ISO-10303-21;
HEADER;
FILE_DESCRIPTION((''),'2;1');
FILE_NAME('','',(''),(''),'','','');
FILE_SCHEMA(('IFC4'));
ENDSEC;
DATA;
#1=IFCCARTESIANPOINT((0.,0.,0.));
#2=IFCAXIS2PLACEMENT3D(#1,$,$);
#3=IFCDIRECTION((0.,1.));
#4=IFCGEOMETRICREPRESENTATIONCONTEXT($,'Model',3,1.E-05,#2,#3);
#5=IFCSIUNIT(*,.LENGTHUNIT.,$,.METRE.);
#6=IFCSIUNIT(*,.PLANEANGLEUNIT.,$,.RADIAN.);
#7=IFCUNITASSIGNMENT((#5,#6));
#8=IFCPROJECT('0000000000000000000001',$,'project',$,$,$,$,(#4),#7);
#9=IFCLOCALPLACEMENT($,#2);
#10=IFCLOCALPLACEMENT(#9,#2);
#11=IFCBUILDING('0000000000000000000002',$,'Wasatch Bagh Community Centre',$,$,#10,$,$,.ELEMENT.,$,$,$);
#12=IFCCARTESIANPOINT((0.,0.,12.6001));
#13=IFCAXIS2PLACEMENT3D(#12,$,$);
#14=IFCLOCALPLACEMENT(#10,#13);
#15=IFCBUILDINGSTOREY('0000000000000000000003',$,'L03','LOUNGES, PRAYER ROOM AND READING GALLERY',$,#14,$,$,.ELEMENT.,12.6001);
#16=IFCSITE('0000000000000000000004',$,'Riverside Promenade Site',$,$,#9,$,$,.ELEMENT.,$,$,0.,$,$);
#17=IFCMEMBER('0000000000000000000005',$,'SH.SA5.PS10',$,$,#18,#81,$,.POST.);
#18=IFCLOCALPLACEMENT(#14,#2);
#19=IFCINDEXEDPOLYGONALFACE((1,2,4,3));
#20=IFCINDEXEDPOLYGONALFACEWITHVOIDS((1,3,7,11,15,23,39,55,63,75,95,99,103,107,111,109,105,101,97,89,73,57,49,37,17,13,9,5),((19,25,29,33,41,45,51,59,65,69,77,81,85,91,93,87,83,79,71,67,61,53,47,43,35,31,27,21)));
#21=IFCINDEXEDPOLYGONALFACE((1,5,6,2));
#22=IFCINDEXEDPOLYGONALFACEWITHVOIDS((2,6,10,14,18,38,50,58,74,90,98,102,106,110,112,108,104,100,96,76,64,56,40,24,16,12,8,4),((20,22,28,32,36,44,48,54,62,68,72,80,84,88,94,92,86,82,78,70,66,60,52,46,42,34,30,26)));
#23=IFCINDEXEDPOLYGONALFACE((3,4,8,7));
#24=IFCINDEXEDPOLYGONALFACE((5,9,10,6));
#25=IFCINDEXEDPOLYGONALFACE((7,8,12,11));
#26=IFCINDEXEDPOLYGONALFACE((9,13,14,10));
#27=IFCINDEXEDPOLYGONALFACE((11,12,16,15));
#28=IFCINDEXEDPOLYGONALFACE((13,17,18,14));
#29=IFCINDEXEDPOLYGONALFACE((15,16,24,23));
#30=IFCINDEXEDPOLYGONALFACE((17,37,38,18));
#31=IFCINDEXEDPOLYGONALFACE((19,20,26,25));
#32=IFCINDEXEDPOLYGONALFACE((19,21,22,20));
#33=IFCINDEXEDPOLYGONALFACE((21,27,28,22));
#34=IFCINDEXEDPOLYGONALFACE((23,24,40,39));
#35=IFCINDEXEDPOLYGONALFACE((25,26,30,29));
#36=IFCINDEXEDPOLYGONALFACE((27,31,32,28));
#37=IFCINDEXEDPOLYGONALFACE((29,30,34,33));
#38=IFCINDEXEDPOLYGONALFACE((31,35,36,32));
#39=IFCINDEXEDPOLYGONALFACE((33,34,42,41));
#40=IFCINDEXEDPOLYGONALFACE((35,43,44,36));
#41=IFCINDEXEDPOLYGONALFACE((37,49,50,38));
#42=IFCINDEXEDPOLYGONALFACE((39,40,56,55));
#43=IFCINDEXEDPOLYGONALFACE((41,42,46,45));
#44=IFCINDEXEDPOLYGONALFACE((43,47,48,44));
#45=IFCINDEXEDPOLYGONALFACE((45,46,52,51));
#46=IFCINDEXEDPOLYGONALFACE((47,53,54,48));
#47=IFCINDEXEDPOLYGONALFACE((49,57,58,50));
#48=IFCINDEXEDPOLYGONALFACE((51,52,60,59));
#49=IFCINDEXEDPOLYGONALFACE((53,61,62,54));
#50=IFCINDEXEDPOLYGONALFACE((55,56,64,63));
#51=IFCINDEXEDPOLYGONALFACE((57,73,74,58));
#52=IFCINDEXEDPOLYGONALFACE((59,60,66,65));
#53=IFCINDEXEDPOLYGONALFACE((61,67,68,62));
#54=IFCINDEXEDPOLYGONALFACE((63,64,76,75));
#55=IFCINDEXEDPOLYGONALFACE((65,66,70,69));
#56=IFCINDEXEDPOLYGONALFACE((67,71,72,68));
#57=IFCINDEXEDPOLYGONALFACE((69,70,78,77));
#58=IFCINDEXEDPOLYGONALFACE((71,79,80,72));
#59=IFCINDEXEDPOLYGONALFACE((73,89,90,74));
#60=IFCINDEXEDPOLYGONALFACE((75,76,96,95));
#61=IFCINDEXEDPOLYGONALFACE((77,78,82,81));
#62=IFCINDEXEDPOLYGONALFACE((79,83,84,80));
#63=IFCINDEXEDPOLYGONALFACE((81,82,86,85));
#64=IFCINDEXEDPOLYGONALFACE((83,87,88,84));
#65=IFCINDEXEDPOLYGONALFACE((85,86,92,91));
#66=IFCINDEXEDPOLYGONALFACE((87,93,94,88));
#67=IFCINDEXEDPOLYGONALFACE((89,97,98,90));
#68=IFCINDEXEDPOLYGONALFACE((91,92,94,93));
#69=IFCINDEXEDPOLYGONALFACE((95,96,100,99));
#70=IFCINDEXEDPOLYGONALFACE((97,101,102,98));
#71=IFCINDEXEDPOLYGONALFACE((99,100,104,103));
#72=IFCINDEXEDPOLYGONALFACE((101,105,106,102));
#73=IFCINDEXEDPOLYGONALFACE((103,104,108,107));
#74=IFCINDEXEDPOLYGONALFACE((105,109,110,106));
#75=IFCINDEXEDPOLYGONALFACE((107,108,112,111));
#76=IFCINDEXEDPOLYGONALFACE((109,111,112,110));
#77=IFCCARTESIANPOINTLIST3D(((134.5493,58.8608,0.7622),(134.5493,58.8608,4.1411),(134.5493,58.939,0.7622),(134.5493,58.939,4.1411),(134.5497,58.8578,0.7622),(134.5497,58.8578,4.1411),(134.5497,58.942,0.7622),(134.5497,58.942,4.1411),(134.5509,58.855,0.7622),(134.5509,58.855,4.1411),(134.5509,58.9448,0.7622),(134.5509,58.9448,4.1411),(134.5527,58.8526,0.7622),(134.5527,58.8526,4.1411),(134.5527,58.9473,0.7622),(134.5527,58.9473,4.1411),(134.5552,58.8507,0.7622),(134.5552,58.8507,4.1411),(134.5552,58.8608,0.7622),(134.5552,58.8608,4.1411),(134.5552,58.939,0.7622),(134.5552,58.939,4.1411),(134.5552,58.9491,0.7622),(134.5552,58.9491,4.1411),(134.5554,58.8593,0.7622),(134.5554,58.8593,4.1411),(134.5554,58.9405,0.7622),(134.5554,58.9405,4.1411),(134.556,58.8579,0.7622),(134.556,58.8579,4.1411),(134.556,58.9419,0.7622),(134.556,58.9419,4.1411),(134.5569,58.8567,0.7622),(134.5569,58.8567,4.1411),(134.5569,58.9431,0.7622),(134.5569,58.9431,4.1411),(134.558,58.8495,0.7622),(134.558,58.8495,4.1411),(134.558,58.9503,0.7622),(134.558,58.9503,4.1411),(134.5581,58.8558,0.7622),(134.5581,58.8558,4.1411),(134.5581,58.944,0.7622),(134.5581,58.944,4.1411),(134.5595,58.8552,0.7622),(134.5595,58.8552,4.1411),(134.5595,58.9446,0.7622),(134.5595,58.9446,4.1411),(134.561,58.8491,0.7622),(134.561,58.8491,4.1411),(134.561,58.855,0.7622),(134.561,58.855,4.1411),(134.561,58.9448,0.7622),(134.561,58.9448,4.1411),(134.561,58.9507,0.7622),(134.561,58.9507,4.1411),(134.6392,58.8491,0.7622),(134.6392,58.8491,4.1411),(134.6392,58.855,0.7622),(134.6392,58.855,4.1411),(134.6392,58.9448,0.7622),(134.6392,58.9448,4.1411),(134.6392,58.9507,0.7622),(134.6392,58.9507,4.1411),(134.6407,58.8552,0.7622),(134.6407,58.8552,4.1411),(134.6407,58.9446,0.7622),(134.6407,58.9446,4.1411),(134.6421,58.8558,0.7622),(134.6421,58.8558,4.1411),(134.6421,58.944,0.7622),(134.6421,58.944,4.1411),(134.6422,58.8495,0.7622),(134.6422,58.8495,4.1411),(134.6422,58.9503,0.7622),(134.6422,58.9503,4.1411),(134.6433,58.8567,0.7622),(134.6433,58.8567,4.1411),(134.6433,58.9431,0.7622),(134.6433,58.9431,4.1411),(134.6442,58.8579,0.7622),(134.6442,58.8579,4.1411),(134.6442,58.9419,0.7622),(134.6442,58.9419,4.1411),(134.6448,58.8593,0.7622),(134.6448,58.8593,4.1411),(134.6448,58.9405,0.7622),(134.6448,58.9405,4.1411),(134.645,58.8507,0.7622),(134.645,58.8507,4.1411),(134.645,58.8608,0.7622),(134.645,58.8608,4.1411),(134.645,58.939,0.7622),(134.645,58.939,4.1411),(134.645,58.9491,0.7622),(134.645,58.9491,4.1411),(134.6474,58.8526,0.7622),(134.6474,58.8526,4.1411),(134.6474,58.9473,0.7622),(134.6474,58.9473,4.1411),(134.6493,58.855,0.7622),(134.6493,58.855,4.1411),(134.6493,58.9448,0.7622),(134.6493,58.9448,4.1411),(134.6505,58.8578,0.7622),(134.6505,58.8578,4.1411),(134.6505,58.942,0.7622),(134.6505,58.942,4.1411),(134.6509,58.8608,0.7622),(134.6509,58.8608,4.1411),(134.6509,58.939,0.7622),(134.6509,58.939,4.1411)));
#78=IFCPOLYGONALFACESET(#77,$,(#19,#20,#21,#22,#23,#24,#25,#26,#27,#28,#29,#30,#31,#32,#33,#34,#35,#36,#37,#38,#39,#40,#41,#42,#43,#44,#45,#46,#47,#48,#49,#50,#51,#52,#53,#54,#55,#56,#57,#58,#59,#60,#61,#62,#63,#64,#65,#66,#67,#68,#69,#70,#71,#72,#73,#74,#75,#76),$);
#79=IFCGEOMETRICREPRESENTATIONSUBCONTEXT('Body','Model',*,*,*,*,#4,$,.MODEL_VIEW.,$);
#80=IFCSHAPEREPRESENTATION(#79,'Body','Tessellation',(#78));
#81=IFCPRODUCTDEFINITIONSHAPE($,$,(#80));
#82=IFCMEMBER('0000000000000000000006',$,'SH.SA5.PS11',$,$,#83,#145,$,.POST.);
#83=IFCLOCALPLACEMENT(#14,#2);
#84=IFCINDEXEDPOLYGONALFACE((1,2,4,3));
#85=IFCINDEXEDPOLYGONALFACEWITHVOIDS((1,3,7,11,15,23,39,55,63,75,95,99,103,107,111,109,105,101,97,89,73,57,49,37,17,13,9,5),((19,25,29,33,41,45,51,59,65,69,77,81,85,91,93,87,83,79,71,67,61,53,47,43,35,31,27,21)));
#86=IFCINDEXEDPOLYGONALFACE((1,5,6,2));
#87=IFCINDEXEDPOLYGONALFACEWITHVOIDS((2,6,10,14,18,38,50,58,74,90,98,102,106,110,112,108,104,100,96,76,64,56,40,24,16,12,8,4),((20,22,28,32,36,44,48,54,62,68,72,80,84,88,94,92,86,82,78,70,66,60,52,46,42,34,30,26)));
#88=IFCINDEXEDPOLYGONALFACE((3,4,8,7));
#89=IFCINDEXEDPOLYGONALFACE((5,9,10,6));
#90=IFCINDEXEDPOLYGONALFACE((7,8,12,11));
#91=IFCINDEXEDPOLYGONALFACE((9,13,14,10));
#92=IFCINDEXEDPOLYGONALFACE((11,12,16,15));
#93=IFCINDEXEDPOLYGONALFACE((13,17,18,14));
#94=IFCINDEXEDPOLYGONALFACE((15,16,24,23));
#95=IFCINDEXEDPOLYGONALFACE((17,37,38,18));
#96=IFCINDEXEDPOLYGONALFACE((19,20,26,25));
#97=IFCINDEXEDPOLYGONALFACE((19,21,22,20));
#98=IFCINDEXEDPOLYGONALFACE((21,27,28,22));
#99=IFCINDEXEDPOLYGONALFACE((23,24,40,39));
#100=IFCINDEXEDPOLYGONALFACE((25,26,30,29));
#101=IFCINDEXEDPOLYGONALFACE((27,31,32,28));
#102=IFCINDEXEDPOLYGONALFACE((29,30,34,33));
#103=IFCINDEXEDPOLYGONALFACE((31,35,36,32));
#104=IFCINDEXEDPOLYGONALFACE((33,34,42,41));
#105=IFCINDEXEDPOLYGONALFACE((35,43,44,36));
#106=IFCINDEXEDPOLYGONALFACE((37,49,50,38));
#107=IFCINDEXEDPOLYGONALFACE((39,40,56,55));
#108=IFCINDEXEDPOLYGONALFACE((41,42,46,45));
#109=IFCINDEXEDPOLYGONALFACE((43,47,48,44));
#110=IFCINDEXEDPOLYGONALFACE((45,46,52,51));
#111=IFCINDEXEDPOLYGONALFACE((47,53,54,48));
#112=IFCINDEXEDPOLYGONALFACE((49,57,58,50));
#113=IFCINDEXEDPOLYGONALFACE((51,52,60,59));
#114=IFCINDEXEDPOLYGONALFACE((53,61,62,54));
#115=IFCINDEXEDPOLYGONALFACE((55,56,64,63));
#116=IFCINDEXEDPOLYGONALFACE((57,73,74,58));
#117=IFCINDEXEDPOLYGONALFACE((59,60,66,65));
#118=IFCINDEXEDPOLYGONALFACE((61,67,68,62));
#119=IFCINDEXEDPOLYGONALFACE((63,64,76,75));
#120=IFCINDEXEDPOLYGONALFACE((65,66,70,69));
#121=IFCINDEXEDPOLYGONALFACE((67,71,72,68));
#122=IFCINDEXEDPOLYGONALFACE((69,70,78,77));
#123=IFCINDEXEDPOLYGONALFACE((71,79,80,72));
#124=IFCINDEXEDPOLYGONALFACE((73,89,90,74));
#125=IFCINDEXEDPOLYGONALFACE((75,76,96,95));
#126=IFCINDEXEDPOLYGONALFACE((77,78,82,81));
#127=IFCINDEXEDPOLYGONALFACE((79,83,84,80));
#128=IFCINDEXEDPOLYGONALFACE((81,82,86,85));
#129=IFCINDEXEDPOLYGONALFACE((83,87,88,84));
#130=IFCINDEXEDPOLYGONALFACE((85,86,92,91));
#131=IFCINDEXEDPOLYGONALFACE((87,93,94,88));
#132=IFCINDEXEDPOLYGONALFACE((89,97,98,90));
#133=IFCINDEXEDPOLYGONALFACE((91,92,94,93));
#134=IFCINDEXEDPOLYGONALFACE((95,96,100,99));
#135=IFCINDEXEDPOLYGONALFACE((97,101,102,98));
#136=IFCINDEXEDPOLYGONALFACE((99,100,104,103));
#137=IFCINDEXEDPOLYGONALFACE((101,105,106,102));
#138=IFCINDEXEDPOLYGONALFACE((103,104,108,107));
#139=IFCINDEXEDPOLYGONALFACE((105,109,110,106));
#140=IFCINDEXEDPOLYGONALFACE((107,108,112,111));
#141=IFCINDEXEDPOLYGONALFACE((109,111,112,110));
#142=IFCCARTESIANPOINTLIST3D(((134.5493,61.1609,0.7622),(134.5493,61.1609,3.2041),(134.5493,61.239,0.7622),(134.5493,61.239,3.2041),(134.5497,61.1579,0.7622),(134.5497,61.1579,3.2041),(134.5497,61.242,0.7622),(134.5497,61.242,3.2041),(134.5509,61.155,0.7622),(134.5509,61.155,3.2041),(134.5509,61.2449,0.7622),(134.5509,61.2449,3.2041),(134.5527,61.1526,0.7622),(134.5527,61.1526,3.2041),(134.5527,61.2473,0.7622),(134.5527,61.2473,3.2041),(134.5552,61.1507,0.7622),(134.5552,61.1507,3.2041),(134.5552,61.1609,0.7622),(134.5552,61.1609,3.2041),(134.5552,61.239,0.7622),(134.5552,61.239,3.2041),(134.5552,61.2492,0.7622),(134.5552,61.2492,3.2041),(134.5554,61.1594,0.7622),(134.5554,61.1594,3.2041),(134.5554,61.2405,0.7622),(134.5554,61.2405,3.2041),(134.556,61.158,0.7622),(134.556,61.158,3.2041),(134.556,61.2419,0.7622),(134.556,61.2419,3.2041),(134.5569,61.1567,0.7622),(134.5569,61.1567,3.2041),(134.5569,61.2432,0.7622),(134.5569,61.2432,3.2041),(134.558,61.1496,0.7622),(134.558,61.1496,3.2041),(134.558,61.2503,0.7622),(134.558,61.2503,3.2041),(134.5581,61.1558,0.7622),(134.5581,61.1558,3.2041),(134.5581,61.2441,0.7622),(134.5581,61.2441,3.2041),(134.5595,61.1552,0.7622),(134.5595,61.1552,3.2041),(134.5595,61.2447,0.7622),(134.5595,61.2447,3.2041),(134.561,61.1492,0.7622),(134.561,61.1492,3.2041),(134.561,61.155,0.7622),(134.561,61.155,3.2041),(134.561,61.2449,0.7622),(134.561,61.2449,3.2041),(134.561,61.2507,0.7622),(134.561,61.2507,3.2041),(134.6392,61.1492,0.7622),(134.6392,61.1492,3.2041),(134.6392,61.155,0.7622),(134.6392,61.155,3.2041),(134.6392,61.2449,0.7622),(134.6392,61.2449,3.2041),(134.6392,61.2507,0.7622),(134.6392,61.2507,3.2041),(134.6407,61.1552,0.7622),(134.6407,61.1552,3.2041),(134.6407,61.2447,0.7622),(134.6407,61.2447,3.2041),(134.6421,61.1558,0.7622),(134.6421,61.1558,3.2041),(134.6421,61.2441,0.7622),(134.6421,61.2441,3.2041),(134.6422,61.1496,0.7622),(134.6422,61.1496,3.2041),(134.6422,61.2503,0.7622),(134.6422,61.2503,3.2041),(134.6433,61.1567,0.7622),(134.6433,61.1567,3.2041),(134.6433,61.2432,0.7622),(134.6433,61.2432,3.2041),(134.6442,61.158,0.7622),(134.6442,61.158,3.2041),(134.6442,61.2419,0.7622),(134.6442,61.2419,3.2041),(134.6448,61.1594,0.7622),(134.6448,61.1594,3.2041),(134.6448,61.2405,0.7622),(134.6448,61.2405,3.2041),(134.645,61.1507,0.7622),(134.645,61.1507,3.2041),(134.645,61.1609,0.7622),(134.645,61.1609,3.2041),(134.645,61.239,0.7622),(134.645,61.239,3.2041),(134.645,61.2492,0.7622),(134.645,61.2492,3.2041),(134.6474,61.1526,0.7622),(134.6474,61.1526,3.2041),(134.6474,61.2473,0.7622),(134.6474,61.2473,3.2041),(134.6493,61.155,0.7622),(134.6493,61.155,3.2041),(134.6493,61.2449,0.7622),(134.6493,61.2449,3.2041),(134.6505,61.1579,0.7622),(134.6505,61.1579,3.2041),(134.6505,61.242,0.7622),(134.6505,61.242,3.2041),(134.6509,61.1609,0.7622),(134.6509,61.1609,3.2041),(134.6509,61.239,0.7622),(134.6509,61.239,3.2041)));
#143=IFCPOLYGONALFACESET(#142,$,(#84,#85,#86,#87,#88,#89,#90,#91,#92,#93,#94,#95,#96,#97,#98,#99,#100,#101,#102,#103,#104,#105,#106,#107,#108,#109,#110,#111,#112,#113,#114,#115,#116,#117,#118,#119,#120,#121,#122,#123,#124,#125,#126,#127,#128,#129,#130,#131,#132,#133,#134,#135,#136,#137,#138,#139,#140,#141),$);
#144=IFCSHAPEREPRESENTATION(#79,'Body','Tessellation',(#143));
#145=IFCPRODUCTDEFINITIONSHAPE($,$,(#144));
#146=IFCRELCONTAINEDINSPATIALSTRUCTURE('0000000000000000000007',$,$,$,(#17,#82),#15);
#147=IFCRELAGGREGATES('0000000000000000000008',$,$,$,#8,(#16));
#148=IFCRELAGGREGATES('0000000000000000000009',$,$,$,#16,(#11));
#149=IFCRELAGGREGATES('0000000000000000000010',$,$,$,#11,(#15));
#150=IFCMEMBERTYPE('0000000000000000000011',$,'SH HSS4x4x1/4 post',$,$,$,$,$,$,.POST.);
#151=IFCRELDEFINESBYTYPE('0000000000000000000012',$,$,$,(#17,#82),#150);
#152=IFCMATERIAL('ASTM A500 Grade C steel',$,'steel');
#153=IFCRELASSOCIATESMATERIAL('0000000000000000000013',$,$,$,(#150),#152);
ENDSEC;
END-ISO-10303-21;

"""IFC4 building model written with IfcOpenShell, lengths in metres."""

from ifc_helpers import new_model, si_unit, direction, frame, origin, origin_2d, place, context, subcontext, project, spatial, hollow_rectangle, extrude, material, material_profile, profile_set, type_object, element, save


model = new_model("IFC4")

# Units and contexts
model_context = context("Model", 3, precision=1e-05, world=origin(), true_north=direction((0.0, 1.0)))
body_context = subcontext(model_context, "Body", "Model", "MODEL_VIEW")
ifc_project = project(units=[si_unit("LENGTHUNIT", "METRE"), si_unit("PLANEANGLEUNIT", "RADIAN")], contexts=[model_context])

# Site, building, storey
site_placement = place(None, origin())
site = spatial("IfcSite", under=ifc_project, at=site_placement, Name="Riverside Promenade Site", CompositionType="ELEMENT", RefElevation=0.0)
building_placement = place(site_placement, origin())
building = spatial("IfcBuilding", under=site, at=building_placement, Name="Wasatch Bagh Community Centre", CompositionType="ELEMENT")
storey_placement = place(building_placement, frame((0.0, 0.0, 12.6001)))
storey = spatial("IfcBuildingStorey", under=building, at=storey_placement, Name="L03", Description="LOUNGES, PRAYER ROOM AND READING GALLERY", CompositionType="ELEMENT", Elevation=12.6001)

# Members
ifc_material_1 = material(Name="ASTM A500 Grade C steel", Category="steel")
ifc_material_profile_1 = material_profile(ifc_material_1, hollow_rectangle(XDim=0.1016, YDim=0.1016, WallThickness=0.0059, InnerFilletRadius=0.0059, OuterFilletRadius=0.0117, at=origin_2d()), Name="HSS4x4x1/4")
ifc_profile_set_1 = profile_set([ifc_material_profile_1], Name="ASTM A500 Grade C steel")
member_type_1 = type_object("IfcMemberType", Name="SH HSS4x4x1/4 post", PredefinedType="POST", material=ifc_profile_set_1)
member_1_placement = place(storey_placement, frame((134.6001, 58.8999, 0.7622), z_axis=(0.0, 0.0, 1.0), x_axis=(1.0, 0.0, 0.0)))
element("IfcMember", 1, at=member_1_placement, inside=storey, type_object=member_type_1, Name="SH.SA5.PS10", PredefinedType="POST", context=body_context, shape_type="SweptSolid", body=[
    extrude(hollow_rectangle(XDim=0.1016, YDim=0.1016, WallThickness=0.0059, InnerFilletRadius=0.0059, OuterFilletRadius=0.0117, at=origin_2d()), origin(), (0.0, 0.0, 1.0), 3.3789),
])
member_2_placement = place(storey_placement, frame((134.6001, 61.2, 0.7622), z_axis=(0.0, 0.0, 1.0), x_axis=(1.0, 0.0, 0.0)))
element("IfcMember", 2, at=member_2_placement, inside=storey, type_object=member_type_1, Name="SH.SA5.PS11", PredefinedType="POST", context=body_context, shape_type="SweptSolid", body=[
    extrude(hollow_rectangle(XDim=0.1016, YDim=0.1016, WallThickness=0.0059, InnerFilletRadius=0.0059, OuterFilletRadius=0.0117, at=origin_2d()), origin(), (0.0, 0.0, 1.0), 2.4419),
])

save(model, "model.ifc")
